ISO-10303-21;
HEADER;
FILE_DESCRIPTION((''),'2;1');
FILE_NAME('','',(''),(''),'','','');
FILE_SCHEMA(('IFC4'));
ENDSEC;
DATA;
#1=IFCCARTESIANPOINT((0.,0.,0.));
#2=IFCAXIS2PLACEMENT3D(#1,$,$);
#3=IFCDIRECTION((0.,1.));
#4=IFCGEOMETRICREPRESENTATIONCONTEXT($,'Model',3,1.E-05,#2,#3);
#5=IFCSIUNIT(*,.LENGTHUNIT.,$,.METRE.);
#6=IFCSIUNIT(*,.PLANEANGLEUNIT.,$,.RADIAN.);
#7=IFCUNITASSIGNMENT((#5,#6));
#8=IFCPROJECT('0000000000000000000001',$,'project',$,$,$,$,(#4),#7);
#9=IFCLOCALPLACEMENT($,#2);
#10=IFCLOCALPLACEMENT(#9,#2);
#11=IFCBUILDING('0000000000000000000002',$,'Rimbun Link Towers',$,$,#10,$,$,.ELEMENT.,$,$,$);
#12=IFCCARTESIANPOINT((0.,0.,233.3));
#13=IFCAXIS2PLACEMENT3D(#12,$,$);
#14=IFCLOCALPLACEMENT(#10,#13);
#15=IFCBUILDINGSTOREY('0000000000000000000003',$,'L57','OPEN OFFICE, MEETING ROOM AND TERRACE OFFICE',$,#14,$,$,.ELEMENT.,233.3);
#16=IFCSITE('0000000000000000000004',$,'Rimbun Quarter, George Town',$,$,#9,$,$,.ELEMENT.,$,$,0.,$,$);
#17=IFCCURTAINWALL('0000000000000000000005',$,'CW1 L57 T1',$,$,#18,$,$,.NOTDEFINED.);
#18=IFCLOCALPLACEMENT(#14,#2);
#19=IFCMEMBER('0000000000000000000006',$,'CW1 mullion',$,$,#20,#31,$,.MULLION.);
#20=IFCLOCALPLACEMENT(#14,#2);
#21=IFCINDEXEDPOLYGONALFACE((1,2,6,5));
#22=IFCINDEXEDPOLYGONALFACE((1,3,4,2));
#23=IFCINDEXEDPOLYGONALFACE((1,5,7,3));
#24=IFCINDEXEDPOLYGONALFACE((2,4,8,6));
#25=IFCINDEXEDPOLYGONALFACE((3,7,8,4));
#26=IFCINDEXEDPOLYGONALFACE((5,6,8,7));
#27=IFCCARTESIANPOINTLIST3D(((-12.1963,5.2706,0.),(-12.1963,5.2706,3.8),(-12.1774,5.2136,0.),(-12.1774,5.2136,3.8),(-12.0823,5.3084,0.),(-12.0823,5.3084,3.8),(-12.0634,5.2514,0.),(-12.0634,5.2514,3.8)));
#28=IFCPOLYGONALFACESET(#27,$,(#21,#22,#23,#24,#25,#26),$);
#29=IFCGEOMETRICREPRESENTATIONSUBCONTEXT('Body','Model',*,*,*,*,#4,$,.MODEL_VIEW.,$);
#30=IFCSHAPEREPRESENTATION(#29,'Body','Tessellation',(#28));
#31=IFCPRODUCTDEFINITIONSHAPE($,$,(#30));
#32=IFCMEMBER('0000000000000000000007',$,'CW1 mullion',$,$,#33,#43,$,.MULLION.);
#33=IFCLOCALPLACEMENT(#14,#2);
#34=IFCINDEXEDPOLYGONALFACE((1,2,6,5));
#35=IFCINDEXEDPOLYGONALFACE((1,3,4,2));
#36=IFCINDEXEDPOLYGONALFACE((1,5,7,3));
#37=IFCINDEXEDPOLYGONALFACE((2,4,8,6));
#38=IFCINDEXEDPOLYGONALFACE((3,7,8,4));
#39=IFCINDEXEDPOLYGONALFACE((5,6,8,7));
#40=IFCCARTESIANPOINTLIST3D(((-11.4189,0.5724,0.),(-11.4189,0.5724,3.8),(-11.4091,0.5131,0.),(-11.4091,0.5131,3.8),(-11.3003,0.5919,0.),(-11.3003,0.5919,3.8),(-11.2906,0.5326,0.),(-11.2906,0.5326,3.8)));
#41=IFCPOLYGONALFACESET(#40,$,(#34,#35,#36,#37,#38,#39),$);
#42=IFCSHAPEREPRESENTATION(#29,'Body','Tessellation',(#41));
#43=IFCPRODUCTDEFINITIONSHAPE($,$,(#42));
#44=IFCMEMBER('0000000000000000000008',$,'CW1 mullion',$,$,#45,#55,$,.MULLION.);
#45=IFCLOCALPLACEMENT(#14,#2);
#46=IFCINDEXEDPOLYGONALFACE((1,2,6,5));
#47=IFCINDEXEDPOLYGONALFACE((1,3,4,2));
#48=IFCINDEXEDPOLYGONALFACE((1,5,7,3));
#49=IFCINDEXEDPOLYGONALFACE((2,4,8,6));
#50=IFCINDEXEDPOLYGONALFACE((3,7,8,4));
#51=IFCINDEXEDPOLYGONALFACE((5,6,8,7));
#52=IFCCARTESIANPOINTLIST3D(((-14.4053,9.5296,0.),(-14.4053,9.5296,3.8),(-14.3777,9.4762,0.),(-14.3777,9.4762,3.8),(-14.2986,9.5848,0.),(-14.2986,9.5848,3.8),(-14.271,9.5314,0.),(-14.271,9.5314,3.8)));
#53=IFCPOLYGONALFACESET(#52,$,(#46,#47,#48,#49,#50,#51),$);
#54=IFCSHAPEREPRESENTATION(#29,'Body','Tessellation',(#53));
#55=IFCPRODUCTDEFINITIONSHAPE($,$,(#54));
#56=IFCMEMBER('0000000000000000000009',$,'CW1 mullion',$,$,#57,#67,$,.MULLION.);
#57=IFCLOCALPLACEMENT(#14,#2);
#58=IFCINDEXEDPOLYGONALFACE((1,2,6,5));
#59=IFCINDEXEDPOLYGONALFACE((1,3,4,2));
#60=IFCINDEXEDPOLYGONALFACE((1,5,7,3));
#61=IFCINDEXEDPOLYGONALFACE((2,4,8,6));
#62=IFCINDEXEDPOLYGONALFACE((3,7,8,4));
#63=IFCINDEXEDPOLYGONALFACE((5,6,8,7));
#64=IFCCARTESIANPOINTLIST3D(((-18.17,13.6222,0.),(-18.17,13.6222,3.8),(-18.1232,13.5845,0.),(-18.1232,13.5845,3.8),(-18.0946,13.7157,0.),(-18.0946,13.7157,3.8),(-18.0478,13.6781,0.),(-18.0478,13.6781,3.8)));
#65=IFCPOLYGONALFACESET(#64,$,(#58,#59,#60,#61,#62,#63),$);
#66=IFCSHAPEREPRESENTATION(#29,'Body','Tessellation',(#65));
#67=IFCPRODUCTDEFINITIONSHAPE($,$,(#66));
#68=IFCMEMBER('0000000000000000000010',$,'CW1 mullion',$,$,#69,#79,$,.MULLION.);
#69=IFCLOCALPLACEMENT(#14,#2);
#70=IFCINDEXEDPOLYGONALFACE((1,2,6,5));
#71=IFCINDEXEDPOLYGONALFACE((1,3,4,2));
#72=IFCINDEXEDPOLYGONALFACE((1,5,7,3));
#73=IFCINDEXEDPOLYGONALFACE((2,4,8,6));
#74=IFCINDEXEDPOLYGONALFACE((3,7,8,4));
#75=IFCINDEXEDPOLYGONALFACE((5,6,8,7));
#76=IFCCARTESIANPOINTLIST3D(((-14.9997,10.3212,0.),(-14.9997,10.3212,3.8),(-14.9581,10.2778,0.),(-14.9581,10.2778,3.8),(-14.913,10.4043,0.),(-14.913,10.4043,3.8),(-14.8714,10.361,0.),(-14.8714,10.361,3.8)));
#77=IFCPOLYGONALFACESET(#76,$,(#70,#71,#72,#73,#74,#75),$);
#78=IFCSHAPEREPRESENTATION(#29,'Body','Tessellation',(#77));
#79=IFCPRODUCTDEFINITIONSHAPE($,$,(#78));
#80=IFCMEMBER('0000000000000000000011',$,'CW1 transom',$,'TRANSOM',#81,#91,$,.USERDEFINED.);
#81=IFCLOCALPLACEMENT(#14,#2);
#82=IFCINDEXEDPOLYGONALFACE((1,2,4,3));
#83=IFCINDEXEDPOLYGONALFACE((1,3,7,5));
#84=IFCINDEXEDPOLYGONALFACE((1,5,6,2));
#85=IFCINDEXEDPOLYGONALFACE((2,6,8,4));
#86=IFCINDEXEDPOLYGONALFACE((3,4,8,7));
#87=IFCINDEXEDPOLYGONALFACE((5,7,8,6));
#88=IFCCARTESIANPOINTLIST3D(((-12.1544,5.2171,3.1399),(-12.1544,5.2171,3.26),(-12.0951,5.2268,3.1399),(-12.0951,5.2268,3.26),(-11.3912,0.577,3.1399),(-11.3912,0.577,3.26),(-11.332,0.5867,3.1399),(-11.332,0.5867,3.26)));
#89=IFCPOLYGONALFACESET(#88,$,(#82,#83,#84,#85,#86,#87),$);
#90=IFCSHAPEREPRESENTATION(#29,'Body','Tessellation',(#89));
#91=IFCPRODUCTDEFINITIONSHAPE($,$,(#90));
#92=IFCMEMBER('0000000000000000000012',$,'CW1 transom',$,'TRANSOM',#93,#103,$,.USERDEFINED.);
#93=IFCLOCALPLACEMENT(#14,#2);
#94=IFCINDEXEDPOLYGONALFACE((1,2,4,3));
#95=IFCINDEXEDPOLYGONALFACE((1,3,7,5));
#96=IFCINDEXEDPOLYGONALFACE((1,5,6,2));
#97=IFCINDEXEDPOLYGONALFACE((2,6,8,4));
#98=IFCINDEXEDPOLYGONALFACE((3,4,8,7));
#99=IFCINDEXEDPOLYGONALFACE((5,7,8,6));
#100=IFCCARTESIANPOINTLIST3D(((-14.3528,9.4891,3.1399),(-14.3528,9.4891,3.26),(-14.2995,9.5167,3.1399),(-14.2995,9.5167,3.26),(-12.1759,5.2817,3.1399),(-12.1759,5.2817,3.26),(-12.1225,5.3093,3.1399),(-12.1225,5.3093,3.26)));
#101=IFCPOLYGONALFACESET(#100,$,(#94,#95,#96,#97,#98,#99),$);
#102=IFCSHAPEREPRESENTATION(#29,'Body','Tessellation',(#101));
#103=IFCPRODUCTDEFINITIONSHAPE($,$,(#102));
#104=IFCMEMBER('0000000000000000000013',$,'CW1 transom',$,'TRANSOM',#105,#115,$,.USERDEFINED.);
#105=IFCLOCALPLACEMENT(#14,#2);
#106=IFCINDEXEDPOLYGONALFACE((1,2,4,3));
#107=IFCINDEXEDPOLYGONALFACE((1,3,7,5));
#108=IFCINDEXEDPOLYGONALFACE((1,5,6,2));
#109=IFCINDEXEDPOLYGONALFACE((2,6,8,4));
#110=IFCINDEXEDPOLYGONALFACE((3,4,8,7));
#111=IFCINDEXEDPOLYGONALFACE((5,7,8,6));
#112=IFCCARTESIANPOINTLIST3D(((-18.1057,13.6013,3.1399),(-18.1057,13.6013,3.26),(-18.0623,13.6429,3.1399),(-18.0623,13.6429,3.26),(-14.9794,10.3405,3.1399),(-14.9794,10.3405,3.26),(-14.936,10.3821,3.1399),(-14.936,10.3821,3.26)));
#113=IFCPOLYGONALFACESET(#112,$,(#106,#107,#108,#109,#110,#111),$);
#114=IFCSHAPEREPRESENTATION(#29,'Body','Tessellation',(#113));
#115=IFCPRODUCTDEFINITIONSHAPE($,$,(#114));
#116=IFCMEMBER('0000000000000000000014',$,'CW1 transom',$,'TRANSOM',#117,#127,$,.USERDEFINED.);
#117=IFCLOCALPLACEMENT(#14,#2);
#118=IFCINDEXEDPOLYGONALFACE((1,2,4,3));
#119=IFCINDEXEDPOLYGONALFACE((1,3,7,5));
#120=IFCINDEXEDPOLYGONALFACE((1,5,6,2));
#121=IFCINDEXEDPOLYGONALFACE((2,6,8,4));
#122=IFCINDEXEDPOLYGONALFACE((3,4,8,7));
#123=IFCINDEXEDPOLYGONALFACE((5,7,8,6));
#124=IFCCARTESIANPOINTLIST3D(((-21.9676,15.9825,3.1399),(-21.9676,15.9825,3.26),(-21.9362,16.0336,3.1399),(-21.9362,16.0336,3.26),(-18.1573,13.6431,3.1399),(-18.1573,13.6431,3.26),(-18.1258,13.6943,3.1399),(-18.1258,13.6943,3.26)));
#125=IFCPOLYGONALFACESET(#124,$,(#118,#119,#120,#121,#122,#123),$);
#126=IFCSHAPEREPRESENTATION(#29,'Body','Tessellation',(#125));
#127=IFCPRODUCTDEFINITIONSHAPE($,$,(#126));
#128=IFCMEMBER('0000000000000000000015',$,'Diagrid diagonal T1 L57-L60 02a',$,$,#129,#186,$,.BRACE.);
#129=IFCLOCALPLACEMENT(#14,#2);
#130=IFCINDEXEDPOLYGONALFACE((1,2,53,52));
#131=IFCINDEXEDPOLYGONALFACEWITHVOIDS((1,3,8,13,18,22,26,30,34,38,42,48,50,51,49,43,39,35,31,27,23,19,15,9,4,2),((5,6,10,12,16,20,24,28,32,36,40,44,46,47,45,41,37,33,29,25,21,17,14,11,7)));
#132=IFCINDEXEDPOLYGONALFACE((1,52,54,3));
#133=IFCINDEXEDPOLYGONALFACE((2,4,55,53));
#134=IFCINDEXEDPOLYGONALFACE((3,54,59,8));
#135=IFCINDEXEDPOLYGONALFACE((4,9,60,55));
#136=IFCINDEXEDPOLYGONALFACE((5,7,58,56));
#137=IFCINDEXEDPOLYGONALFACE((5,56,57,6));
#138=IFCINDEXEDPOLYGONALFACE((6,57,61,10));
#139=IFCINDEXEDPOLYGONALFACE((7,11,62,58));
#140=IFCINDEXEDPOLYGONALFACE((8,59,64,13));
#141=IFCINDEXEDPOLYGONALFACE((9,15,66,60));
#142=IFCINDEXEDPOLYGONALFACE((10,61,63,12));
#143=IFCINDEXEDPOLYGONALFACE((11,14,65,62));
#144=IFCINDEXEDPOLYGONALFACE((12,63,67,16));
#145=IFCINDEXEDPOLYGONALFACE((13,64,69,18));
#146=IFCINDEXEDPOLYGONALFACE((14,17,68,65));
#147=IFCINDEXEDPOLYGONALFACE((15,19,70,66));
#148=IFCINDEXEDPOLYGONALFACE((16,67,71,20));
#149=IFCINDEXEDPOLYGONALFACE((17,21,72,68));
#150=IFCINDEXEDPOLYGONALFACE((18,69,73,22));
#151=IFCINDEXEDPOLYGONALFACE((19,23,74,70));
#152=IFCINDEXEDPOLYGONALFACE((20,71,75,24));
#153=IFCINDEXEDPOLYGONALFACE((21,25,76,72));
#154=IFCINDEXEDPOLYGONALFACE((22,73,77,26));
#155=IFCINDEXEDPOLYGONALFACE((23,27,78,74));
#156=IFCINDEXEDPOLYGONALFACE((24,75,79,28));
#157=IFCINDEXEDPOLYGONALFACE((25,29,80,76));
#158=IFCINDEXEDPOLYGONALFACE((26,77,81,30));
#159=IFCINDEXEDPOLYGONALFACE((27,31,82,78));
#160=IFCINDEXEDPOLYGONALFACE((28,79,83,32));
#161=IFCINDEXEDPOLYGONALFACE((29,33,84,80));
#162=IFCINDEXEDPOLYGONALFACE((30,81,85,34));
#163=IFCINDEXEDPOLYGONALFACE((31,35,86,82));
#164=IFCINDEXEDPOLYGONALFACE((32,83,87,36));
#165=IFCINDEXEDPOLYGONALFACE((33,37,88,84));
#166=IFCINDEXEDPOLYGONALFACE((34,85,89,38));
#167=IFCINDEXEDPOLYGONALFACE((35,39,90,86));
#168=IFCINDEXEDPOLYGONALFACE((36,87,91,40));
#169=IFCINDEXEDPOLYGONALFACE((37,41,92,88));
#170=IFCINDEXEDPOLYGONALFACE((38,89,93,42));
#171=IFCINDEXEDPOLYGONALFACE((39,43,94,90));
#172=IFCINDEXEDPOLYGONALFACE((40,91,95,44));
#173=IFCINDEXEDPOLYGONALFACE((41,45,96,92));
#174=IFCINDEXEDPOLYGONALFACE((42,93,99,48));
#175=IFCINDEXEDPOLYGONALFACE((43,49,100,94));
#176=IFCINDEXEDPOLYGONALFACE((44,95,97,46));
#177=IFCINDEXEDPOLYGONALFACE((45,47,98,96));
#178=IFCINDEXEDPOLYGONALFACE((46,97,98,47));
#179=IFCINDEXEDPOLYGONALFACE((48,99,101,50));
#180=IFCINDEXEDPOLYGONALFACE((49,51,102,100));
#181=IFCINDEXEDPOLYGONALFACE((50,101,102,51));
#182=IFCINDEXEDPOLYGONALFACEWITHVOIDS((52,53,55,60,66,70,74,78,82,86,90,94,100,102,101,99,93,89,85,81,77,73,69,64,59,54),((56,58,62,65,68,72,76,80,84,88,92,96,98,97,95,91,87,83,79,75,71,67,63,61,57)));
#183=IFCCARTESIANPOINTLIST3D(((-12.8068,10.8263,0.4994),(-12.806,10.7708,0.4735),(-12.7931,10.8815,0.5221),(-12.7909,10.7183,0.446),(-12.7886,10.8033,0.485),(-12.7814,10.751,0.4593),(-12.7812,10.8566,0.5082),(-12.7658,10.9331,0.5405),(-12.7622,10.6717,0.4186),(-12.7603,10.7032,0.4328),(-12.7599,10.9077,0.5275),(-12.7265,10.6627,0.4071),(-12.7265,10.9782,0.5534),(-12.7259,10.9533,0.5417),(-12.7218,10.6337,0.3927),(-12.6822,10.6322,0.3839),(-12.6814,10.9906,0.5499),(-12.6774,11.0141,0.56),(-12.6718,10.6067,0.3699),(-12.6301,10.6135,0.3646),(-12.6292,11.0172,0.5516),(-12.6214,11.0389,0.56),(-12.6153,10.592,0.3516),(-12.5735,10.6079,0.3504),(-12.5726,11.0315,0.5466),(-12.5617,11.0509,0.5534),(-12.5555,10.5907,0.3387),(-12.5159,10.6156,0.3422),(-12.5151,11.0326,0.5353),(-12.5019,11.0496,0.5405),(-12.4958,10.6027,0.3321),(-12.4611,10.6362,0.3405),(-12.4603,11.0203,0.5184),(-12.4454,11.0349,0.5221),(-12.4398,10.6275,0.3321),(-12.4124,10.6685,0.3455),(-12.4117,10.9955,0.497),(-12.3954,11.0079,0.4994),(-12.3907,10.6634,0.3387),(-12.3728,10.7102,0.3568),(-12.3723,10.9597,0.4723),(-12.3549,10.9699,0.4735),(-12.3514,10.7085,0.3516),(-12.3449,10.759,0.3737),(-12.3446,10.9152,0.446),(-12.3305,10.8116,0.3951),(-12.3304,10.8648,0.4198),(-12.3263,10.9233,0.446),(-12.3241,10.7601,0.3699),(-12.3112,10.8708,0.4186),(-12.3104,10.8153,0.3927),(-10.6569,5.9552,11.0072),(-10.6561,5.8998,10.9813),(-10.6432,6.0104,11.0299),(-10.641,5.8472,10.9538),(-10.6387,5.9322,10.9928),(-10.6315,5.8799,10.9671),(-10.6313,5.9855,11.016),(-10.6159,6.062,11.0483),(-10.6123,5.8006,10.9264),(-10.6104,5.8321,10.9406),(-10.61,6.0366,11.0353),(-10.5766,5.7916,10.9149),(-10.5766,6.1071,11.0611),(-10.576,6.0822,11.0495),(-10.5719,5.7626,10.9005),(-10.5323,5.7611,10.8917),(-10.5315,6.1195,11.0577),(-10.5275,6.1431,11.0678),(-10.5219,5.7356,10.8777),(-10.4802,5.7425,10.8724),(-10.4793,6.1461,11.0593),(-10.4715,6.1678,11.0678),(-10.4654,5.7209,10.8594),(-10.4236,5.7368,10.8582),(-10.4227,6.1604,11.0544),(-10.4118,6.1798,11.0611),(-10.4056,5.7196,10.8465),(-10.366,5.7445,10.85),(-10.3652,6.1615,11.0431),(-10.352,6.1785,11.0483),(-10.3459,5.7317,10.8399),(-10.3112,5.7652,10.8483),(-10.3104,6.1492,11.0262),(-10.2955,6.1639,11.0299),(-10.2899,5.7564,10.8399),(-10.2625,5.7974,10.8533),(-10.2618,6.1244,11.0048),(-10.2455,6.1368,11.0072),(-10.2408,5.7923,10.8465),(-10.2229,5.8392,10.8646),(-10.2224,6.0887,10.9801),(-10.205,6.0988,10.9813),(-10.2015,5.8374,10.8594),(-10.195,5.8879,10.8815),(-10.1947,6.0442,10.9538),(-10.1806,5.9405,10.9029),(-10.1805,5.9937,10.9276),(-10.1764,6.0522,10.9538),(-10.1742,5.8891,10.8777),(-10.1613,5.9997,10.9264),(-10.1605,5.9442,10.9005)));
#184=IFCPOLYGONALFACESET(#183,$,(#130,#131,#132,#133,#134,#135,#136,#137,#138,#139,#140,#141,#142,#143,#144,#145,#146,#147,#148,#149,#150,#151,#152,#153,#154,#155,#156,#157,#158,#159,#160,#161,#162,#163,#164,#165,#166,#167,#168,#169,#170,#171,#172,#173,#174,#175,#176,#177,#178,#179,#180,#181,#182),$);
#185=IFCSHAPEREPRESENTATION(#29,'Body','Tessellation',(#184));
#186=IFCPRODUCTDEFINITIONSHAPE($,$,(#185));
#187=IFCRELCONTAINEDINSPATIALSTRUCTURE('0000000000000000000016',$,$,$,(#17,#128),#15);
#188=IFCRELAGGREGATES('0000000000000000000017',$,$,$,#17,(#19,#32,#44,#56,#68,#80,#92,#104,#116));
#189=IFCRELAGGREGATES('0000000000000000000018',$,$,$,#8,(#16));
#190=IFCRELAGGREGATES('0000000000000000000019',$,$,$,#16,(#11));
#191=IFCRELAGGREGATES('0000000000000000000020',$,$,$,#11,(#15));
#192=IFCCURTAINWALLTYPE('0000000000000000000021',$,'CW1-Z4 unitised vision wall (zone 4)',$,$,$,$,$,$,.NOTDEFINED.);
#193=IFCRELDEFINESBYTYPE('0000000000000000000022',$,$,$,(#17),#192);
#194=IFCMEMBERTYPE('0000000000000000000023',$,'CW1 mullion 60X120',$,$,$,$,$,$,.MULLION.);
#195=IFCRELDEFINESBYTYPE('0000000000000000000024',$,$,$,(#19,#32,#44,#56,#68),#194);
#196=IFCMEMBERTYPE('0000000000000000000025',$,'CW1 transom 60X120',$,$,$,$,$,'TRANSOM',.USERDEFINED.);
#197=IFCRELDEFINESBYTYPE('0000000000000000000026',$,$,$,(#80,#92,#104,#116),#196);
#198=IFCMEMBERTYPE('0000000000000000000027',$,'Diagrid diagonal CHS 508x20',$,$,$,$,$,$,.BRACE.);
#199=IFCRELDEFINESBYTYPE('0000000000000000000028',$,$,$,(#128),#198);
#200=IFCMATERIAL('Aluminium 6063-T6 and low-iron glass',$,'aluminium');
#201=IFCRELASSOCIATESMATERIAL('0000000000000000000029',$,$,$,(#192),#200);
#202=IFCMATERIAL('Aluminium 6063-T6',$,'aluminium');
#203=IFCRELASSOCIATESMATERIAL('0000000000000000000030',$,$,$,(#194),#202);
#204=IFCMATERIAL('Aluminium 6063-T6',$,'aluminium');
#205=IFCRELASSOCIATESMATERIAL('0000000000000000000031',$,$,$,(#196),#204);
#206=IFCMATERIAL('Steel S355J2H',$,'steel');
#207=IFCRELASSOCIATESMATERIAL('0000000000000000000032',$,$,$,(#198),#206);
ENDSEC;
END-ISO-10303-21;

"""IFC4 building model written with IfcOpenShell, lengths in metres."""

from ifc_helpers import new_model, si_unit, direction, frame, origin, origin_2d, place, context, subcontext, project, spatial, rectangle, hollow_circle, extrude, material, material_profile, profile_set, type_object, element, aggregate, save


model = new_model("IFC4")

# Units and contexts
model_context = context("Model", 3, precision=1e-05, world=origin(), true_north=direction((0.0, 1.0)))
body_context = subcontext(model_context, "Body", "Model", "MODEL_VIEW")
ifc_project = project(units=[si_unit("LENGTHUNIT", "METRE"), si_unit("PLANEANGLEUNIT", "RADIAN")], contexts=[model_context])

# Site, building, storey
site_placement = place(None, origin())
site = spatial("IfcSite", under=ifc_project, at=site_placement, Name="Rimbun Quarter, George Town", CompositionType="ELEMENT", RefElevation=0.0)
building_placement = place(site_placement, origin())
building = spatial("IfcBuilding", under=site, at=building_placement, Name="Rimbun Link Towers", CompositionType="ELEMENT")
storey_placement = place(building_placement, frame((0.0, 0.0, 233.3)))
storey = spatial("IfcBuildingStorey", under=building, at=storey_placement, Name="L57", Description="OPEN OFFICE, MEETING ROOM AND TERRACE OFFICE", CompositionType="ELEMENT", Elevation=233.3)

# Curtain wall, members
ifc_material_1 = material(Name="Aluminium 6063-T6 and low-iron glass", Category="aluminium")
curtain_wall_type = type_object("IfcCurtainWallType", Name="CW1-Z4 unitised vision wall (zone 4)", PredefinedType="NOTDEFINED", material=ifc_material_1)
curtain_wall_placement = place(storey_placement, origin())
curtain_wall = element("IfcCurtainWall", 1, at=curtain_wall_placement, inside=storey, type_object=curtain_wall_type, Name="CW1 L57 T1", PredefinedType="NOTDEFINED")
ifc_material_2 = material(Name="Aluminium 6063-T6", Category="aluminium")
ifc_material_profile_1 = material_profile(ifc_material_2, rectangle(XDim=0.1201, YDim=0.0601, at=origin_2d()), Name="MULLION 60X120")
ifc_profile_set_1 = profile_set([ifc_material_profile_1], Name="Aluminium 6063-T6")
member_type_1 = type_object("IfcMemberType", Name="CW1 mullion 60X120", PredefinedType="MULLION", material=ifc_profile_set_1)
member_1_placement = place(storey_placement, frame((-12.1299, 5.261, 0.0), z_axis=(0.0, 0.0, 1.0), x_axis=(0.949161, 0.31479, 0.0)))
member_1 = element("IfcMember", 2, at=member_1_placement, type_object=member_type_1, Name="CW1 mullion", PredefinedType="MULLION", context=body_context, shape_type="SweptSolid", body=[
    extrude(rectangle(XDim=0.1201, YDim=0.0601, at=origin_2d()), origin(), (0.0, 0.0, 1.0), 3.8),
])
member_2_placement = place(storey_placement, frame((-11.3547, 0.5525, 0.0), z_axis=(0.0, 0.0, 1.0), x_axis=(0.986748, 0.162262, 0.0)))
member_2 = element("IfcMember", 3, at=member_2_placement, type_object=member_type_1, Name="CW1 mullion", PredefinedType="MULLION", context=body_context, shape_type="SweptSolid", body=[
    extrude(rectangle(XDim=0.1201, YDim=0.0601, at=origin_2d()), origin(), (0.0, 0.0, 1.0), 3.8),
])
member_3_placement = place(storey_placement, frame((-14.3381, 9.5305, 0.0), z_axis=(0.0, 0.0, 1.0), x_axis=(0.888152, 0.45955, 0.0)))
member_3 = element("IfcMember", 4, at=member_3_placement, type_object=member_type_1, Name="CW1 mullion", PredefinedType="MULLION", context=body_context, shape_type="SweptSolid", body=[
    extrude(rectangle(XDim=0.1201, YDim=0.0601, at=origin_2d()), origin(), (0.0, 0.0, 1.0), 3.8),
])
member_4_placement = place(storey_placement, frame((-18.1089, 13.6501, 0.0), z_axis=(0.0, 0.0, 1.0), x_axis=(0.627668, 0.778481, 0.0)))
member_4 = element("IfcMember", 5, at=member_4_placement, type_object=member_type_1, Name="CW1 mullion", PredefinedType="MULLION", context=body_context, shape_type="SweptSolid", body=[
    extrude(rectangle(XDim=0.1201, YDim=0.0601, at=origin_2d()), origin(), (0.0, 0.0, 1.0), 3.8),
])
member_5_placement = place(storey_placement, frame((-14.9355, 10.3411, 0.0), z_axis=(0.0, 0.0, 1.0), x_axis=(0.721842, 0.692058, 0.0)))
member_5 = element("IfcMember", 6, at=member_5_placement, type_object=member_type_1, Name="CW1 mullion", PredefinedType="MULLION", context=body_context, shape_type="SweptSolid", body=[
    extrude(rectangle(XDim=0.1201, YDim=0.0601, at=origin_2d()), origin(), (0.0, 0.0, 1.0), 3.8),
])
ifc_material_3 = material(Name="Aluminium 6063-T6", Category="aluminium")
ifc_material_profile_2 = material_profile(ifc_material_3, rectangle(XDim=0.0601, YDim=0.1201, at=origin_2d()), Name="TRANSOM 60X120")
ifc_profile_set_2 = profile_set([ifc_material_profile_2], Name="Aluminium 6063-T6")
member_type_2 = type_object("IfcMemberType", Name="CW1 transom 60X120", ElementType="TRANSOM", PredefinedType="USERDEFINED", material=ifc_profile_set_2)
member_6_placement = place(storey_placement, frame((-12.1248, 5.2219, 3.2), z_axis=(0.162294, -0.986742, 0.0), x_axis=(0.986742, 0.162294, 0.0)))
member_6 = element("IfcMember", 7, at=member_6_placement, type_object=member_type_2, Name="CW1 transom", ObjectType="TRANSOM", PredefinedType="USERDEFINED", context=body_context, shape_type="SweptSolid", body=[
    extrude(rectangle(XDim=0.0601, YDim=0.1201, at=origin_2d()), origin(), (0.0, 0.0, 1.0), 4.7024),
])
member_7_placement = place(storey_placement, frame((-14.3262, 9.5029, 3.2), z_axis=(0.459539, -0.888157, 0.0), x_axis=(0.888157, 0.459539, 0.0)))
member_7 = element("IfcMember", 8, at=member_7_placement, type_object=member_type_2, Name="CW1 transom", ObjectType="TRANSOM", PredefinedType="USERDEFINED", context=body_context, shape_type="SweptSolid", body=[
    extrude(rectangle(XDim=0.0601, YDim=0.1201, at=origin_2d()), origin(), (0.0, 0.0, 1.0), 4.7373),
])
member_8_placement = place(storey_placement, frame((-18.084, 13.6221, 3.2), z_axis=(0.69206, -0.72184, 0.0), x_axis=(0.72184, 0.69206, 0.0)))
member_8 = element("IfcMember", 9, at=member_8_placement, type_object=member_type_2, Name="CW1 transom", ObjectType="TRANSOM", PredefinedType="USERDEFINED", context=body_context, shape_type="SweptSolid", body=[
    extrude(rectangle(XDim=0.0601, YDim=0.1201, at=origin_2d()), origin(), (0.0, 0.0, 1.0), 4.5173),
])
member_9_placement = place(storey_placement, frame((-21.9519, 16.0081, 3.2), z_axis=(0.852202, -0.523214, 0.0), x_axis=(0.523214, 0.852202, 0.0)))
member_9 = element("IfcMember", 10, at=member_9_placement, type_object=member_type_2, Name="CW1 transom", ObjectType="TRANSOM", PredefinedType="USERDEFINED", context=body_context, shape_type="SweptSolid", body=[
    extrude(rectangle(XDim=0.0601, YDim=0.1201, at=origin_2d()), origin(), (0.0, 0.0, 1.0), 4.4712),
])

# Member
ifc_material_4 = material(Name="Steel S355J2H", Category="steel")
ifc_material_profile_3 = material_profile(ifc_material_4, hollow_circle(Radius=0.2539, WallThickness=0.02, at=origin_2d()), Name="Diagrid diagonal CHS 508x20")
ifc_profile_set_3 = profile_set([ifc_material_profile_3], Name="Steel S355J2H")
member_type_3 = type_object("IfcMemberType", Name="Diagrid diagonal CHS 508x20", PredefinedType="BRACE", material=ifc_profile_set_3)
member_10_placement = place(storey_placement, frame((-12.5586, 10.8208, 0.446), z_axis=(0.182507, -0.413512, 0.892019), x_axis=(0.914856, 0.40378, 0.0)))
element("IfcMember", 11, at=member_10_placement, inside=storey, type_object=member_type_3, Name="Diagrid diagonal T1 L57-L60 02a", PredefinedType="BRACE", context=body_context, shape_type="SweptSolid", body=[
    extrude(hollow_circle(Radius=0.2539, WallThickness=0.02, at=origin_2d()), origin(), (0.0, 0.0, 1.0), 11.7798),
])

aggregate(curtain_wall, [member_1, member_2, member_3, member_4, member_5, member_6, member_7, member_8, member_9])

save(model, "model.ifc")
